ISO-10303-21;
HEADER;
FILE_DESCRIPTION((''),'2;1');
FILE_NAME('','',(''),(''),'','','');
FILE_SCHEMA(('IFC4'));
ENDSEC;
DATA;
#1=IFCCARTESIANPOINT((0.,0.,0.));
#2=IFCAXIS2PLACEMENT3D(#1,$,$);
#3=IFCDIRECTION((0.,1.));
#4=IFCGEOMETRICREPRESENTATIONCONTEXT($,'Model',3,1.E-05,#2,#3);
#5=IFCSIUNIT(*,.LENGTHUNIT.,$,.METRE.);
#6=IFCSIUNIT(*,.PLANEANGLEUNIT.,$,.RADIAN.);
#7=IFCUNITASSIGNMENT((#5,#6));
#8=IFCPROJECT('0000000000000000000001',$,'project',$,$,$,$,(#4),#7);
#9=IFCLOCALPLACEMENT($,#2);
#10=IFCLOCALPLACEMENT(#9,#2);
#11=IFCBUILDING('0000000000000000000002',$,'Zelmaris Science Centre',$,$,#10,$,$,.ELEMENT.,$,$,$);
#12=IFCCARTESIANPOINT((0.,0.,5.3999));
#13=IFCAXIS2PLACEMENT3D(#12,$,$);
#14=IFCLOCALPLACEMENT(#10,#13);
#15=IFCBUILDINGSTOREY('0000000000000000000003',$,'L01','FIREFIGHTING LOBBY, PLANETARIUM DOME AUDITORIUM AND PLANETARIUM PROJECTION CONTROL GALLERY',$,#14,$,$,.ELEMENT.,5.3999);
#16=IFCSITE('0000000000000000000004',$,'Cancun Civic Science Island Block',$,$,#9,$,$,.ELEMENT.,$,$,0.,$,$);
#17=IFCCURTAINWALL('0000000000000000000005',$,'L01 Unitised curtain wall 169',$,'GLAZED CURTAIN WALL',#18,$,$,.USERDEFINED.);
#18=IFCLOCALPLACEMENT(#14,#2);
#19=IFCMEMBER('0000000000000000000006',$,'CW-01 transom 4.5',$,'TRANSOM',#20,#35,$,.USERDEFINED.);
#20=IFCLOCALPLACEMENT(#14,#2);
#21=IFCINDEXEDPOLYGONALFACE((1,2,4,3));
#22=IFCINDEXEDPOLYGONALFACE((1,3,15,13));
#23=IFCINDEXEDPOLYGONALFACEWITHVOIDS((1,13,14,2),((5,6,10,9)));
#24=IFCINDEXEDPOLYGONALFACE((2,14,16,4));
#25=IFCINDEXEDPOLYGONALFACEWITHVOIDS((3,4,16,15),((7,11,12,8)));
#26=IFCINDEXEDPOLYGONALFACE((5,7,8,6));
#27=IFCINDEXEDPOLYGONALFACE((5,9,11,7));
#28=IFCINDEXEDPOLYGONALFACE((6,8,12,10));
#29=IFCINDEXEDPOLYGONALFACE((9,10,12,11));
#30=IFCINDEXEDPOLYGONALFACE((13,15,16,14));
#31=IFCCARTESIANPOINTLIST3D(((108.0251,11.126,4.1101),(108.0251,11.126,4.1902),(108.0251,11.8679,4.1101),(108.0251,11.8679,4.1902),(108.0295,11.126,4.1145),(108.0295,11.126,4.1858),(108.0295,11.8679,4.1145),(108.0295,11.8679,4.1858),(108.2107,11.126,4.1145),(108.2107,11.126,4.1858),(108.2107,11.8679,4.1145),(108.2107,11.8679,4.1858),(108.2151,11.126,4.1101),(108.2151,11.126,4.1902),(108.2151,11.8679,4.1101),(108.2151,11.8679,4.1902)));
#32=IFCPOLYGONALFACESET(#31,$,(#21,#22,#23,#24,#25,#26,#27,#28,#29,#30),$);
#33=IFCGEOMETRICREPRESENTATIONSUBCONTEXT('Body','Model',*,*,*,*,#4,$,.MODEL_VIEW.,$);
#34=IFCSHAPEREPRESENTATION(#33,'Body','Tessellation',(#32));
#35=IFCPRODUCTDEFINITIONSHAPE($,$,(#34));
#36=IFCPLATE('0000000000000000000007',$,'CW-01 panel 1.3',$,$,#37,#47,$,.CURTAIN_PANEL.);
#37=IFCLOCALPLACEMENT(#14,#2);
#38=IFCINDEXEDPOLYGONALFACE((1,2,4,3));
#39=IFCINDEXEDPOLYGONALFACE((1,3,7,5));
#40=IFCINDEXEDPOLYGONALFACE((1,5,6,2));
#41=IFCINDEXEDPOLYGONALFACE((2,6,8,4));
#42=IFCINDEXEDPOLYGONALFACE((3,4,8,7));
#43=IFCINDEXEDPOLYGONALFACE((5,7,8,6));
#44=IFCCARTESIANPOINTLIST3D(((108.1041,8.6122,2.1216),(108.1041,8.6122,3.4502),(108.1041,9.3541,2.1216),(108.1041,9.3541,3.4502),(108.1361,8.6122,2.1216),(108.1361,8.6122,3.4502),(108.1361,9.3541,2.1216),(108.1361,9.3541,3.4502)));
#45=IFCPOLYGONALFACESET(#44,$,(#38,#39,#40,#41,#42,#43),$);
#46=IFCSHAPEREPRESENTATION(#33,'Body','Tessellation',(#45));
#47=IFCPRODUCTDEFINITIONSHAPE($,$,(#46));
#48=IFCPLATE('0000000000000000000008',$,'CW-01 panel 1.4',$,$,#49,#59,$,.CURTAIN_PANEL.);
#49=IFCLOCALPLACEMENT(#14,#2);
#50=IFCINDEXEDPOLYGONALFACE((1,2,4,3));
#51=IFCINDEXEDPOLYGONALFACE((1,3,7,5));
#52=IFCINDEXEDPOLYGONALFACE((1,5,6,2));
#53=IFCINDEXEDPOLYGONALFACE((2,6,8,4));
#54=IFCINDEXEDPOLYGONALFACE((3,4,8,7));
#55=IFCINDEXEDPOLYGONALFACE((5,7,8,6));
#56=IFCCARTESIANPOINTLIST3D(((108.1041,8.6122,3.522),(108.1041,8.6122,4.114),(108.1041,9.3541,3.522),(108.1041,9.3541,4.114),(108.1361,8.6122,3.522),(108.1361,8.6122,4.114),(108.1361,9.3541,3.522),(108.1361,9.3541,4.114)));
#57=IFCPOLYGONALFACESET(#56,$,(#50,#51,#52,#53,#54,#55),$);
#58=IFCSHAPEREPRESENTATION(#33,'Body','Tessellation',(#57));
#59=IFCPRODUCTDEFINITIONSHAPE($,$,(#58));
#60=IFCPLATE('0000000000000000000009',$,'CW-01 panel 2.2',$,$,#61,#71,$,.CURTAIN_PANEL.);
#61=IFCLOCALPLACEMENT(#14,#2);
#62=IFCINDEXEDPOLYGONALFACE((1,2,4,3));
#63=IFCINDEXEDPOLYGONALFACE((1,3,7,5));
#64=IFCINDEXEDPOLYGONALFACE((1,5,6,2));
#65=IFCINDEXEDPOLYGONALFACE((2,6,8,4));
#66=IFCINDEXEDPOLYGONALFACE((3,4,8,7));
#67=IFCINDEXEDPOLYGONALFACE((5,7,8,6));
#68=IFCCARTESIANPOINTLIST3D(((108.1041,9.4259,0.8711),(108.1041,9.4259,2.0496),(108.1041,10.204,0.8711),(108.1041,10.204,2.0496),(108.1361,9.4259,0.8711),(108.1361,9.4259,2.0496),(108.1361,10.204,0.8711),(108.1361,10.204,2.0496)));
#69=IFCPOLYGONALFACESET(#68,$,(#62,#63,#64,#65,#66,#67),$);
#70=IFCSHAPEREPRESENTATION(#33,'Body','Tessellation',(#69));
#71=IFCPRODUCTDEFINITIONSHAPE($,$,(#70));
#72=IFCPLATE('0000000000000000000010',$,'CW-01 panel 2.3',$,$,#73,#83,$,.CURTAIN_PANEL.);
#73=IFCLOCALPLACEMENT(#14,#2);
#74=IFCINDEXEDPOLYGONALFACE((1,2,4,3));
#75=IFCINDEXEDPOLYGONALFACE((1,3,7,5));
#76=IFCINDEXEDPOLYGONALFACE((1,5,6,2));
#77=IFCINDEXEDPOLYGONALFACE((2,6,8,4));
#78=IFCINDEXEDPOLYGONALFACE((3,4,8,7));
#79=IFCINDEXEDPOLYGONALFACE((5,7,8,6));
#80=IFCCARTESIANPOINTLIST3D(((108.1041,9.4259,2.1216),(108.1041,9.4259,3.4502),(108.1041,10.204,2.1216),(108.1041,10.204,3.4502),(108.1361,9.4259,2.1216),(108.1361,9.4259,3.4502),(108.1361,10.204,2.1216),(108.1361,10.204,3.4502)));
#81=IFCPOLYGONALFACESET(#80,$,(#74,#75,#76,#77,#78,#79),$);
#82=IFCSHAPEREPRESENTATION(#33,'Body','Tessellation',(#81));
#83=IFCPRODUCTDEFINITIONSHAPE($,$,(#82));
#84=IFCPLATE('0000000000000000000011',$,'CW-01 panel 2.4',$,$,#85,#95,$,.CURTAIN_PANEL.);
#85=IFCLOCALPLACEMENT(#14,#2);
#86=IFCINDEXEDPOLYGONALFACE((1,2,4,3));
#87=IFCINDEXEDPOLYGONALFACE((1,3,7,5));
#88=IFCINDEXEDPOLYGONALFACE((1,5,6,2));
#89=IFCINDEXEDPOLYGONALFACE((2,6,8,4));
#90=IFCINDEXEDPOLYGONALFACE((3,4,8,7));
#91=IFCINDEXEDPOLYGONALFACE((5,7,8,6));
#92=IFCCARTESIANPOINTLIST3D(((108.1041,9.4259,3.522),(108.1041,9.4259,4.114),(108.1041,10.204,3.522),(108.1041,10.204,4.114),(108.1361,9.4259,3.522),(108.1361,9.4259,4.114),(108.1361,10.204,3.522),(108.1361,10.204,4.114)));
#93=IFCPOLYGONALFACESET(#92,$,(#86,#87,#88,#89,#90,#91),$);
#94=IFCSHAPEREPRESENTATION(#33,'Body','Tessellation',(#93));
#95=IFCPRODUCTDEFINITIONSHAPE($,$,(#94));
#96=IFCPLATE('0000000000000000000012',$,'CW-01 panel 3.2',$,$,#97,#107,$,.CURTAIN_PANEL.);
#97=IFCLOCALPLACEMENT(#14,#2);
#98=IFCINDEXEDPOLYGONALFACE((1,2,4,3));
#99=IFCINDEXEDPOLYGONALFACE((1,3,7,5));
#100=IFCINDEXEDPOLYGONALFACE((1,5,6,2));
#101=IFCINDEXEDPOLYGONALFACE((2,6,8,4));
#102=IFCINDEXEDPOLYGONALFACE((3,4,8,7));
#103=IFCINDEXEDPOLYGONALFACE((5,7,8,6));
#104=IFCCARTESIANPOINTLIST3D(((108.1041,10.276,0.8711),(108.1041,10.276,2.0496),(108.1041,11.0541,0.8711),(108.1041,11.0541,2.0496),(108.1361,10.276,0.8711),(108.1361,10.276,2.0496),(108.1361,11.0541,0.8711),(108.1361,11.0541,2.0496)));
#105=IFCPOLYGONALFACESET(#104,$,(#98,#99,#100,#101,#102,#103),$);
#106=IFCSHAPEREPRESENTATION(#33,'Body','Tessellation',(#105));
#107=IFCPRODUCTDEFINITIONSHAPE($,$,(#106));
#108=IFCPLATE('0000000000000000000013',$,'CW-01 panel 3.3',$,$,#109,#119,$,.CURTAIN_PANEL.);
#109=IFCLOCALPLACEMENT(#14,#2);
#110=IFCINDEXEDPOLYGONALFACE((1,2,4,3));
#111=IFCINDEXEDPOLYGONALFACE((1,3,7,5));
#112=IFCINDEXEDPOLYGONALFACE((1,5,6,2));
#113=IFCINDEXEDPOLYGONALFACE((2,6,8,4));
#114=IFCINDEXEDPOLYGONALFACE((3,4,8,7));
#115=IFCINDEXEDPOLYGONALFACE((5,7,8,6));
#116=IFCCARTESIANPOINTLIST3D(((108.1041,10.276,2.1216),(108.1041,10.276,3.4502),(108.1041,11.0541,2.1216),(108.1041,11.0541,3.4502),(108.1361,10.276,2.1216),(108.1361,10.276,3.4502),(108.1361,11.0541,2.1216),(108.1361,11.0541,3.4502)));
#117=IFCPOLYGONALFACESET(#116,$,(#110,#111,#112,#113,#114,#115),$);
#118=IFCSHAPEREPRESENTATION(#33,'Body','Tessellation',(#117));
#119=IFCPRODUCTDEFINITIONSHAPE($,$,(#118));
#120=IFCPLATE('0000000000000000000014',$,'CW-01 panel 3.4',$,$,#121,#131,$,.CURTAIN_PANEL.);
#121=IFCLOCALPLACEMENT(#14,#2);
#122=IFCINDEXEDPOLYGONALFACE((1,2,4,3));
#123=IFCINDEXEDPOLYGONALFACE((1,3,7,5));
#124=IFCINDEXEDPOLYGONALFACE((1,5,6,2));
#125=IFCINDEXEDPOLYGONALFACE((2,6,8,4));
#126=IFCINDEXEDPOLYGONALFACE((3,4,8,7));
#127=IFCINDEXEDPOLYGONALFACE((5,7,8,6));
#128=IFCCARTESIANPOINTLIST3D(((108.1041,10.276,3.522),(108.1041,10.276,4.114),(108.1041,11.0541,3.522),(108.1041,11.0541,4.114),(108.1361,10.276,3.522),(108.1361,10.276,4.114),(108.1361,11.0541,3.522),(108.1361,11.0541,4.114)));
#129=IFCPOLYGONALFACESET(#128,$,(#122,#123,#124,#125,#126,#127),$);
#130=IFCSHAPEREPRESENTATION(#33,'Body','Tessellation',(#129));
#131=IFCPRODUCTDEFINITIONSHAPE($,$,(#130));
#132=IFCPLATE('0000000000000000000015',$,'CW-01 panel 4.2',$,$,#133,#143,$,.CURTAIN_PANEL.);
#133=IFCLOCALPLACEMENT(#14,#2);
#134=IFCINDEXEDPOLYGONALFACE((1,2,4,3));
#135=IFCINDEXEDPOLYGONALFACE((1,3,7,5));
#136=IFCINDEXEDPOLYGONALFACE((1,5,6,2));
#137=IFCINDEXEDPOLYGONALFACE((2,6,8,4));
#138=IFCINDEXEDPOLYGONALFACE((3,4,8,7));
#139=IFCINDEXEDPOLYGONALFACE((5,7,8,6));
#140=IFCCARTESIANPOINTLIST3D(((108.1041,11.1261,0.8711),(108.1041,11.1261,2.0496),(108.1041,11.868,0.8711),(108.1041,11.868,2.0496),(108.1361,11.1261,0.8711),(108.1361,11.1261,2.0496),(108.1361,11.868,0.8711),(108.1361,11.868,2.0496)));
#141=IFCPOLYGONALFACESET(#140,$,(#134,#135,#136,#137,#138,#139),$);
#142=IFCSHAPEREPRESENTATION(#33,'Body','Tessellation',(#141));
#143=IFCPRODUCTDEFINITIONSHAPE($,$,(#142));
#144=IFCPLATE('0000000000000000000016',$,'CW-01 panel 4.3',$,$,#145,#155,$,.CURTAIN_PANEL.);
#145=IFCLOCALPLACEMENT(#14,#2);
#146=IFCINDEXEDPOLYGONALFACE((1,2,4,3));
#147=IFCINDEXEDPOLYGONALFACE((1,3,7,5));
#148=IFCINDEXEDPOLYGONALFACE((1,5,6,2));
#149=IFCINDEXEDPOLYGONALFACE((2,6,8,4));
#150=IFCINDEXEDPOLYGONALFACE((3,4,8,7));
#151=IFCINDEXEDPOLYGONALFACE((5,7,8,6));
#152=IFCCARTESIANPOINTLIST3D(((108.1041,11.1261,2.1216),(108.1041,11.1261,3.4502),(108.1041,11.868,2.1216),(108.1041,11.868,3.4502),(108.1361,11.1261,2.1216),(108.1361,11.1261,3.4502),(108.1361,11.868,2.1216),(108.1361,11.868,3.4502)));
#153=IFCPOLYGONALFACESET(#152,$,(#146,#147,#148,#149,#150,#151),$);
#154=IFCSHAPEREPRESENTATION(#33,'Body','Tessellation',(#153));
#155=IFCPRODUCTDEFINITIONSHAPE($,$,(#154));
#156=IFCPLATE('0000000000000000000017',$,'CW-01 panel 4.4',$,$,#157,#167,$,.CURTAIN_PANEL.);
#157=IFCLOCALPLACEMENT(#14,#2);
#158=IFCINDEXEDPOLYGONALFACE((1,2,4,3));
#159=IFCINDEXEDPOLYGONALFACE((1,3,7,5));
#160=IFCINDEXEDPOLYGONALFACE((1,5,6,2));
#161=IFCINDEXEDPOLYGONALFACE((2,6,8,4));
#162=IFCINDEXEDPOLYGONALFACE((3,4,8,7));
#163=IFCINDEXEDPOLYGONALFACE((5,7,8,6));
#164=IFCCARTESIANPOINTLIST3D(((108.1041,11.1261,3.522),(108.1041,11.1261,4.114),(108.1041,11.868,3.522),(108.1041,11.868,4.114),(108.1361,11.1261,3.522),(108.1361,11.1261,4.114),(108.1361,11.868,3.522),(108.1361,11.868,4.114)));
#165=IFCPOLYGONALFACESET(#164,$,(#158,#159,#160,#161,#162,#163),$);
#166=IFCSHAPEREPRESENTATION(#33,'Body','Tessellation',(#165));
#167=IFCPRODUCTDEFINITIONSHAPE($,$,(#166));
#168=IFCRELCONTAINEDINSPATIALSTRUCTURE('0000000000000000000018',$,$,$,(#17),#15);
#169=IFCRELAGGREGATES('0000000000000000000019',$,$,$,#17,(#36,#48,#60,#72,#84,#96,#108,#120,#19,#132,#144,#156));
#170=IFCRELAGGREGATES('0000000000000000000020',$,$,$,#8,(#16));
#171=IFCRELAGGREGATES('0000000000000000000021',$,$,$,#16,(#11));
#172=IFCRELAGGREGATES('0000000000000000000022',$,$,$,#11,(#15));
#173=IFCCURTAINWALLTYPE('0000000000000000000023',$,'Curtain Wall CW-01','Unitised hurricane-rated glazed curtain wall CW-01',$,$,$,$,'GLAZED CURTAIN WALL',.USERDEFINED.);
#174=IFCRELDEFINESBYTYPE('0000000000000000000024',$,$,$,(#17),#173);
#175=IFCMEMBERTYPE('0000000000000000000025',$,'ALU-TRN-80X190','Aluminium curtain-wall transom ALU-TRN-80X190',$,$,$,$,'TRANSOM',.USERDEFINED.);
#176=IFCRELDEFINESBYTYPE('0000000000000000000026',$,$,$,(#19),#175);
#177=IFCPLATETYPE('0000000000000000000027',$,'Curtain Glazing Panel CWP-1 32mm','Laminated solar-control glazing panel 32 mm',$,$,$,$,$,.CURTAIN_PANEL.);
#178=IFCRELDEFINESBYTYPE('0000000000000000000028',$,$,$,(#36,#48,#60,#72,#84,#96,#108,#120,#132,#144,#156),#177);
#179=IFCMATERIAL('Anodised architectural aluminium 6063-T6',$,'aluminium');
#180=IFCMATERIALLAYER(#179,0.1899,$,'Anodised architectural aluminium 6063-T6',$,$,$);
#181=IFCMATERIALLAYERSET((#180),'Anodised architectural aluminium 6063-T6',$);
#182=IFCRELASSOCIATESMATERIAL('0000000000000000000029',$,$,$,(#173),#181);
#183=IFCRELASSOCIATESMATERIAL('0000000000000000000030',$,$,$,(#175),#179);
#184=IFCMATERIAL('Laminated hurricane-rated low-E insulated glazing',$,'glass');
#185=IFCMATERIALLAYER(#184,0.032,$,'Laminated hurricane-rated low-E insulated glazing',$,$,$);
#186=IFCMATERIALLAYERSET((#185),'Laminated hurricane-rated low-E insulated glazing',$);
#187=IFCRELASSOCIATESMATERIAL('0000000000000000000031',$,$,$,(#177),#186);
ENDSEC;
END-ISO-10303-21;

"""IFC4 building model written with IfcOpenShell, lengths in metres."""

from ifc_helpers import new_model, si_unit, direction, frame, origin, origin_2d, place, context, subcontext, project, spatial, rectangle, hollow_rectangle, extrude, material, layer, layer_set, material_profile, profile_set, type_object, element, aggregate, save


model = new_model("IFC4")

# Units and contexts
model_context = context("Model", 3, precision=1e-05, world=origin(), true_north=direction((0.0, 1.0)))
body_context = subcontext(model_context, "Body", "Model", "MODEL_VIEW")
ifc_project = project(units=[si_unit("LENGTHUNIT", "METRE"), si_unit("PLANEANGLEUNIT", "RADIAN")], contexts=[model_context])

# Site, building, storey
site_placement = place(None, origin())
site = spatial("IfcSite", under=ifc_project, at=site_placement, Name="Cancun Civic Science Island Block", CompositionType="ELEMENT", RefElevation=0.0)
building_placement = place(site_placement, origin())
building = spatial("IfcBuilding", under=site, at=building_placement, Name="Zelmaris Science Centre", CompositionType="ELEMENT")
storey_placement = place(building_placement, frame((0.0, 0.0, 5.3999)))
storey = spatial("IfcBuildingStorey", under=building, at=storey_placement, Name="L01", Description="FIREFIGHTING LOBBY, PLANETARIUM DOME AUDITORIUM AND PLANETARIUM PROJECTION CONTROL GALLERY", CompositionType="ELEMENT", Elevation=5.3999)

# Curtain wall, member, plates
ifc_material_1 = material(Name="Anodised architectural aluminium 6063-T6", Category="aluminium")
ifc_layer_1 = layer(ifc_material_1, 0.1899, Name="Anodised architectural aluminium 6063-T6")
ifc_layer_set_1 = layer_set([ifc_layer_1], Name="Anodised architectural aluminium 6063-T6")
curtain_wall_type = type_object("IfcCurtainWallType", Name="Curtain Wall CW-01", Description="Unitised hurricane-rated glazed curtain wall CW-01", ElementType="GLAZED CURTAIN WALL", PredefinedType="USERDEFINED", material=ifc_layer_set_1)
curtain_wall_placement = place(storey_placement, origin())
curtain_wall = element("IfcCurtainWall", 1, at=curtain_wall_placement, inside=storey, type_object=curtain_wall_type, Name="L01 Unitised curtain wall 169", ObjectType="GLAZED CURTAIN WALL", PredefinedType="USERDEFINED")
ifc_material_profile = material_profile(ifc_material_1, hollow_rectangle(XDim=0.0801, YDim=0.1899, WallThickness=0.0044, at=origin_2d()), Name="ALU-TRN-80X190")
ifc_profile_set = profile_set([ifc_material_profile], Name="Anodised architectural aluminium 6063-T6")
member_type = type_object("IfcMemberType", Name="ALU-TRN-80X190", Description="Aluminium curtain-wall transom ALU-TRN-80X190", ElementType="TRANSOM", PredefinedType="USERDEFINED", material=ifc_profile_set)
member_1_placement = place(storey_placement, frame((108.1201, 11.126, 4.1501), z_axis=(0.0, 1.0, 0.0), x_axis=(0.0, 0.0, 1.0)))
member_1 = element("IfcMember", 2, at=member_1_placement, type_object=member_type, Name="CW-01 transom 4.5", ObjectType="TRANSOM", PredefinedType="USERDEFINED", context=body_context, shape_type="SweptSolid", body=[
    extrude(hollow_rectangle(XDim=0.0801, YDim=0.1899, WallThickness=0.0044, at=origin_2d()), origin(), (0.0, 0.0, 1.0), 0.7419),
])
ifc_material_2 = material(Name="Laminated hurricane-rated low-E insulated glazing", Category="glass")
ifc_layer_2 = layer(ifc_material_2, 0.032, Name="Laminated hurricane-rated low-E insulated glazing")
ifc_layer_set_2 = layer_set([ifc_layer_2], Name="Laminated hurricane-rated low-E insulated glazing")
plate_type = type_object("IfcPlateType", Name="Curtain Glazing Panel CWP-1 32mm", Description="Laminated solar-control glazing panel 32 mm", PredefinedType="CURTAIN_PANEL", material=ifc_layer_set_2)
plate_1_placement = place(storey_placement, frame((108.1201, 8.9832, 2.1216), z_axis=(0.0, 0.0, 1.0), x_axis=(-0.000029, 1.0, 0.0)))
plate_1 = element("IfcPlate", 3, at=plate_1_placement, type_object=plate_type, Name="CW-01 panel 1.3", PredefinedType="CURTAIN_PANEL", context=body_context, shape_type="SweptSolid", body=[
    extrude(rectangle(XDim=0.7419, YDim=0.032, at=origin_2d()), origin(), (0.0, 0.0, 1.0), 1.3286),
])
plate_2_placement = place(storey_placement, frame((108.1201, 8.9832, 3.522), z_axis=(0.0, 0.0, 1.0), x_axis=(-0.000029, 1.0, 0.0)))
plate_2 = element("IfcPlate", 4, at=plate_2_placement, type_object=plate_type, Name="CW-01 panel 1.4", PredefinedType="CURTAIN_PANEL", context=body_context, shape_type="SweptSolid", body=[
    extrude(rectangle(XDim=0.7419, YDim=0.032, at=origin_2d()), origin(), (0.0, 0.0, 1.0), 0.592),
])
plate_3_placement = place(storey_placement, frame((108.1201, 9.8149, 0.8711), z_axis=(0.0, 0.0, 1.0), x_axis=(-0.000029, 1.0, 0.0)))
plate_3 = element("IfcPlate", 5, at=plate_3_placement, type_object=plate_type, Name="CW-01 panel 2.2", PredefinedType="CURTAIN_PANEL", context=body_context, shape_type="SweptSolid", body=[
    extrude(rectangle(XDim=0.7781, YDim=0.032, at=origin_2d()), origin(), (0.0, 0.0, 1.0), 1.1785),
])
plate_4_placement = place(storey_placement, frame((108.1201, 9.8149, 2.1216), z_axis=(0.0, 0.0, 1.0), x_axis=(-0.000029, 1.0, 0.0)))
plate_4 = element("IfcPlate", 6, at=plate_4_placement, type_object=plate_type, Name="CW-01 panel 2.3", PredefinedType="CURTAIN_PANEL", context=body_context, shape_type="SweptSolid", body=[
    extrude(rectangle(XDim=0.7781, YDim=0.032, at=origin_2d()), origin(), (0.0, 0.0, 1.0), 1.3286),
])
plate_5_placement = place(storey_placement, frame((108.1201, 9.8149, 3.522), z_axis=(0.0, 0.0, 1.0), x_axis=(-0.000029, 1.0, 0.0)))
plate_5 = element("IfcPlate", 7, at=plate_5_placement, type_object=plate_type, Name="CW-01 panel 2.4", PredefinedType="CURTAIN_PANEL", context=body_context, shape_type="SweptSolid", body=[
    extrude(rectangle(XDim=0.7781, YDim=0.032, at=origin_2d()), origin(), (0.0, 0.0, 1.0), 0.592),
])
plate_6_placement = place(storey_placement, frame((108.1201, 10.665, 0.8711), z_axis=(0.0, 0.0, 1.0), x_axis=(-0.000029, 1.0, 0.0)))
plate_6 = element("IfcPlate", 8, at=plate_6_placement, type_object=plate_type, Name="CW-01 panel 3.2", PredefinedType="CURTAIN_PANEL", context=body_context, shape_type="SweptSolid", body=[
    extrude(rectangle(XDim=0.7781, YDim=0.032, at=origin_2d()), origin(), (0.0, 0.0, 1.0), 1.1785),
])
plate_7_placement = place(storey_placement, frame((108.1201, 10.665, 2.1216), z_axis=(0.0, 0.0, 1.0), x_axis=(-0.000029, 1.0, 0.0)))
plate_7 = element("IfcPlate", 9, at=plate_7_placement, type_object=plate_type, Name="CW-01 panel 3.3", PredefinedType="CURTAIN_PANEL", context=body_context, shape_type="SweptSolid", body=[
    extrude(rectangle(XDim=0.7781, YDim=0.032, at=origin_2d()), origin(), (0.0, 0.0, 1.0), 1.3286),
])
plate_8_placement = place(storey_placement, frame((108.1201, 10.665, 3.522), z_axis=(0.0, 0.0, 1.0), x_axis=(-0.000029, 1.0, 0.0)))
plate_8 = element("IfcPlate", 10, at=plate_8_placement, type_object=plate_type, Name="CW-01 panel 3.4", PredefinedType="CURTAIN_PANEL", context=body_context, shape_type="SweptSolid", body=[
    extrude(rectangle(XDim=0.7781, YDim=0.032, at=origin_2d()), origin(), (0.0, 0.0, 1.0), 0.592),
])
plate_9_placement = place(storey_placement, frame((108.1201, 11.4971, 0.8711), z_axis=(0.0, 0.0, 1.0), x_axis=(-0.000029, 1.0, 0.0)))
plate_9 = element("IfcPlate", 11, at=plate_9_placement, type_object=plate_type, Name="CW-01 panel 4.2", PredefinedType="CURTAIN_PANEL", context=body_context, shape_type="SweptSolid", body=[
    extrude(rectangle(XDim=0.7419, YDim=0.032, at=origin_2d()), origin(), (0.0, 0.0, 1.0), 1.1785),
])
plate_10_placement = place(storey_placement, frame((108.1201, 11.4971, 2.1216), z_axis=(0.0, 0.0, 1.0), x_axis=(-0.000029, 1.0, 0.0)))
plate_10 = element("IfcPlate", 12, at=plate_10_placement, type_object=plate_type, Name="CW-01 panel 4.3", PredefinedType="CURTAIN_PANEL", context=body_context, shape_type="SweptSolid", body=[
    extrude(rectangle(XDim=0.7419, YDim=0.032, at=origin_2d()), origin(), (0.0, 0.0, 1.0), 1.3286),
])
plate_11_placement = place(storey_placement, frame((108.1201, 11.4971, 3.522), z_axis=(0.0, 0.0, 1.0), x_axis=(-0.000029, 1.0, 0.0)))
plate_11 = element("IfcPlate", 13, at=plate_11_placement, type_object=plate_type, Name="CW-01 panel 4.4", PredefinedType="CURTAIN_PANEL", context=body_context, shape_type="SweptSolid", body=[
    extrude(rectangle(XDim=0.7419, YDim=0.032, at=origin_2d()), origin(), (0.0, 0.0, 1.0), 0.592),
])
aggregate(curtain_wall, [plate_1, plate_2, plate_3, plate_4, plate_5, plate_6, plate_7, plate_8, member_1, plate_9, plate_10, plate_11])

save(model, "model.ifc")
